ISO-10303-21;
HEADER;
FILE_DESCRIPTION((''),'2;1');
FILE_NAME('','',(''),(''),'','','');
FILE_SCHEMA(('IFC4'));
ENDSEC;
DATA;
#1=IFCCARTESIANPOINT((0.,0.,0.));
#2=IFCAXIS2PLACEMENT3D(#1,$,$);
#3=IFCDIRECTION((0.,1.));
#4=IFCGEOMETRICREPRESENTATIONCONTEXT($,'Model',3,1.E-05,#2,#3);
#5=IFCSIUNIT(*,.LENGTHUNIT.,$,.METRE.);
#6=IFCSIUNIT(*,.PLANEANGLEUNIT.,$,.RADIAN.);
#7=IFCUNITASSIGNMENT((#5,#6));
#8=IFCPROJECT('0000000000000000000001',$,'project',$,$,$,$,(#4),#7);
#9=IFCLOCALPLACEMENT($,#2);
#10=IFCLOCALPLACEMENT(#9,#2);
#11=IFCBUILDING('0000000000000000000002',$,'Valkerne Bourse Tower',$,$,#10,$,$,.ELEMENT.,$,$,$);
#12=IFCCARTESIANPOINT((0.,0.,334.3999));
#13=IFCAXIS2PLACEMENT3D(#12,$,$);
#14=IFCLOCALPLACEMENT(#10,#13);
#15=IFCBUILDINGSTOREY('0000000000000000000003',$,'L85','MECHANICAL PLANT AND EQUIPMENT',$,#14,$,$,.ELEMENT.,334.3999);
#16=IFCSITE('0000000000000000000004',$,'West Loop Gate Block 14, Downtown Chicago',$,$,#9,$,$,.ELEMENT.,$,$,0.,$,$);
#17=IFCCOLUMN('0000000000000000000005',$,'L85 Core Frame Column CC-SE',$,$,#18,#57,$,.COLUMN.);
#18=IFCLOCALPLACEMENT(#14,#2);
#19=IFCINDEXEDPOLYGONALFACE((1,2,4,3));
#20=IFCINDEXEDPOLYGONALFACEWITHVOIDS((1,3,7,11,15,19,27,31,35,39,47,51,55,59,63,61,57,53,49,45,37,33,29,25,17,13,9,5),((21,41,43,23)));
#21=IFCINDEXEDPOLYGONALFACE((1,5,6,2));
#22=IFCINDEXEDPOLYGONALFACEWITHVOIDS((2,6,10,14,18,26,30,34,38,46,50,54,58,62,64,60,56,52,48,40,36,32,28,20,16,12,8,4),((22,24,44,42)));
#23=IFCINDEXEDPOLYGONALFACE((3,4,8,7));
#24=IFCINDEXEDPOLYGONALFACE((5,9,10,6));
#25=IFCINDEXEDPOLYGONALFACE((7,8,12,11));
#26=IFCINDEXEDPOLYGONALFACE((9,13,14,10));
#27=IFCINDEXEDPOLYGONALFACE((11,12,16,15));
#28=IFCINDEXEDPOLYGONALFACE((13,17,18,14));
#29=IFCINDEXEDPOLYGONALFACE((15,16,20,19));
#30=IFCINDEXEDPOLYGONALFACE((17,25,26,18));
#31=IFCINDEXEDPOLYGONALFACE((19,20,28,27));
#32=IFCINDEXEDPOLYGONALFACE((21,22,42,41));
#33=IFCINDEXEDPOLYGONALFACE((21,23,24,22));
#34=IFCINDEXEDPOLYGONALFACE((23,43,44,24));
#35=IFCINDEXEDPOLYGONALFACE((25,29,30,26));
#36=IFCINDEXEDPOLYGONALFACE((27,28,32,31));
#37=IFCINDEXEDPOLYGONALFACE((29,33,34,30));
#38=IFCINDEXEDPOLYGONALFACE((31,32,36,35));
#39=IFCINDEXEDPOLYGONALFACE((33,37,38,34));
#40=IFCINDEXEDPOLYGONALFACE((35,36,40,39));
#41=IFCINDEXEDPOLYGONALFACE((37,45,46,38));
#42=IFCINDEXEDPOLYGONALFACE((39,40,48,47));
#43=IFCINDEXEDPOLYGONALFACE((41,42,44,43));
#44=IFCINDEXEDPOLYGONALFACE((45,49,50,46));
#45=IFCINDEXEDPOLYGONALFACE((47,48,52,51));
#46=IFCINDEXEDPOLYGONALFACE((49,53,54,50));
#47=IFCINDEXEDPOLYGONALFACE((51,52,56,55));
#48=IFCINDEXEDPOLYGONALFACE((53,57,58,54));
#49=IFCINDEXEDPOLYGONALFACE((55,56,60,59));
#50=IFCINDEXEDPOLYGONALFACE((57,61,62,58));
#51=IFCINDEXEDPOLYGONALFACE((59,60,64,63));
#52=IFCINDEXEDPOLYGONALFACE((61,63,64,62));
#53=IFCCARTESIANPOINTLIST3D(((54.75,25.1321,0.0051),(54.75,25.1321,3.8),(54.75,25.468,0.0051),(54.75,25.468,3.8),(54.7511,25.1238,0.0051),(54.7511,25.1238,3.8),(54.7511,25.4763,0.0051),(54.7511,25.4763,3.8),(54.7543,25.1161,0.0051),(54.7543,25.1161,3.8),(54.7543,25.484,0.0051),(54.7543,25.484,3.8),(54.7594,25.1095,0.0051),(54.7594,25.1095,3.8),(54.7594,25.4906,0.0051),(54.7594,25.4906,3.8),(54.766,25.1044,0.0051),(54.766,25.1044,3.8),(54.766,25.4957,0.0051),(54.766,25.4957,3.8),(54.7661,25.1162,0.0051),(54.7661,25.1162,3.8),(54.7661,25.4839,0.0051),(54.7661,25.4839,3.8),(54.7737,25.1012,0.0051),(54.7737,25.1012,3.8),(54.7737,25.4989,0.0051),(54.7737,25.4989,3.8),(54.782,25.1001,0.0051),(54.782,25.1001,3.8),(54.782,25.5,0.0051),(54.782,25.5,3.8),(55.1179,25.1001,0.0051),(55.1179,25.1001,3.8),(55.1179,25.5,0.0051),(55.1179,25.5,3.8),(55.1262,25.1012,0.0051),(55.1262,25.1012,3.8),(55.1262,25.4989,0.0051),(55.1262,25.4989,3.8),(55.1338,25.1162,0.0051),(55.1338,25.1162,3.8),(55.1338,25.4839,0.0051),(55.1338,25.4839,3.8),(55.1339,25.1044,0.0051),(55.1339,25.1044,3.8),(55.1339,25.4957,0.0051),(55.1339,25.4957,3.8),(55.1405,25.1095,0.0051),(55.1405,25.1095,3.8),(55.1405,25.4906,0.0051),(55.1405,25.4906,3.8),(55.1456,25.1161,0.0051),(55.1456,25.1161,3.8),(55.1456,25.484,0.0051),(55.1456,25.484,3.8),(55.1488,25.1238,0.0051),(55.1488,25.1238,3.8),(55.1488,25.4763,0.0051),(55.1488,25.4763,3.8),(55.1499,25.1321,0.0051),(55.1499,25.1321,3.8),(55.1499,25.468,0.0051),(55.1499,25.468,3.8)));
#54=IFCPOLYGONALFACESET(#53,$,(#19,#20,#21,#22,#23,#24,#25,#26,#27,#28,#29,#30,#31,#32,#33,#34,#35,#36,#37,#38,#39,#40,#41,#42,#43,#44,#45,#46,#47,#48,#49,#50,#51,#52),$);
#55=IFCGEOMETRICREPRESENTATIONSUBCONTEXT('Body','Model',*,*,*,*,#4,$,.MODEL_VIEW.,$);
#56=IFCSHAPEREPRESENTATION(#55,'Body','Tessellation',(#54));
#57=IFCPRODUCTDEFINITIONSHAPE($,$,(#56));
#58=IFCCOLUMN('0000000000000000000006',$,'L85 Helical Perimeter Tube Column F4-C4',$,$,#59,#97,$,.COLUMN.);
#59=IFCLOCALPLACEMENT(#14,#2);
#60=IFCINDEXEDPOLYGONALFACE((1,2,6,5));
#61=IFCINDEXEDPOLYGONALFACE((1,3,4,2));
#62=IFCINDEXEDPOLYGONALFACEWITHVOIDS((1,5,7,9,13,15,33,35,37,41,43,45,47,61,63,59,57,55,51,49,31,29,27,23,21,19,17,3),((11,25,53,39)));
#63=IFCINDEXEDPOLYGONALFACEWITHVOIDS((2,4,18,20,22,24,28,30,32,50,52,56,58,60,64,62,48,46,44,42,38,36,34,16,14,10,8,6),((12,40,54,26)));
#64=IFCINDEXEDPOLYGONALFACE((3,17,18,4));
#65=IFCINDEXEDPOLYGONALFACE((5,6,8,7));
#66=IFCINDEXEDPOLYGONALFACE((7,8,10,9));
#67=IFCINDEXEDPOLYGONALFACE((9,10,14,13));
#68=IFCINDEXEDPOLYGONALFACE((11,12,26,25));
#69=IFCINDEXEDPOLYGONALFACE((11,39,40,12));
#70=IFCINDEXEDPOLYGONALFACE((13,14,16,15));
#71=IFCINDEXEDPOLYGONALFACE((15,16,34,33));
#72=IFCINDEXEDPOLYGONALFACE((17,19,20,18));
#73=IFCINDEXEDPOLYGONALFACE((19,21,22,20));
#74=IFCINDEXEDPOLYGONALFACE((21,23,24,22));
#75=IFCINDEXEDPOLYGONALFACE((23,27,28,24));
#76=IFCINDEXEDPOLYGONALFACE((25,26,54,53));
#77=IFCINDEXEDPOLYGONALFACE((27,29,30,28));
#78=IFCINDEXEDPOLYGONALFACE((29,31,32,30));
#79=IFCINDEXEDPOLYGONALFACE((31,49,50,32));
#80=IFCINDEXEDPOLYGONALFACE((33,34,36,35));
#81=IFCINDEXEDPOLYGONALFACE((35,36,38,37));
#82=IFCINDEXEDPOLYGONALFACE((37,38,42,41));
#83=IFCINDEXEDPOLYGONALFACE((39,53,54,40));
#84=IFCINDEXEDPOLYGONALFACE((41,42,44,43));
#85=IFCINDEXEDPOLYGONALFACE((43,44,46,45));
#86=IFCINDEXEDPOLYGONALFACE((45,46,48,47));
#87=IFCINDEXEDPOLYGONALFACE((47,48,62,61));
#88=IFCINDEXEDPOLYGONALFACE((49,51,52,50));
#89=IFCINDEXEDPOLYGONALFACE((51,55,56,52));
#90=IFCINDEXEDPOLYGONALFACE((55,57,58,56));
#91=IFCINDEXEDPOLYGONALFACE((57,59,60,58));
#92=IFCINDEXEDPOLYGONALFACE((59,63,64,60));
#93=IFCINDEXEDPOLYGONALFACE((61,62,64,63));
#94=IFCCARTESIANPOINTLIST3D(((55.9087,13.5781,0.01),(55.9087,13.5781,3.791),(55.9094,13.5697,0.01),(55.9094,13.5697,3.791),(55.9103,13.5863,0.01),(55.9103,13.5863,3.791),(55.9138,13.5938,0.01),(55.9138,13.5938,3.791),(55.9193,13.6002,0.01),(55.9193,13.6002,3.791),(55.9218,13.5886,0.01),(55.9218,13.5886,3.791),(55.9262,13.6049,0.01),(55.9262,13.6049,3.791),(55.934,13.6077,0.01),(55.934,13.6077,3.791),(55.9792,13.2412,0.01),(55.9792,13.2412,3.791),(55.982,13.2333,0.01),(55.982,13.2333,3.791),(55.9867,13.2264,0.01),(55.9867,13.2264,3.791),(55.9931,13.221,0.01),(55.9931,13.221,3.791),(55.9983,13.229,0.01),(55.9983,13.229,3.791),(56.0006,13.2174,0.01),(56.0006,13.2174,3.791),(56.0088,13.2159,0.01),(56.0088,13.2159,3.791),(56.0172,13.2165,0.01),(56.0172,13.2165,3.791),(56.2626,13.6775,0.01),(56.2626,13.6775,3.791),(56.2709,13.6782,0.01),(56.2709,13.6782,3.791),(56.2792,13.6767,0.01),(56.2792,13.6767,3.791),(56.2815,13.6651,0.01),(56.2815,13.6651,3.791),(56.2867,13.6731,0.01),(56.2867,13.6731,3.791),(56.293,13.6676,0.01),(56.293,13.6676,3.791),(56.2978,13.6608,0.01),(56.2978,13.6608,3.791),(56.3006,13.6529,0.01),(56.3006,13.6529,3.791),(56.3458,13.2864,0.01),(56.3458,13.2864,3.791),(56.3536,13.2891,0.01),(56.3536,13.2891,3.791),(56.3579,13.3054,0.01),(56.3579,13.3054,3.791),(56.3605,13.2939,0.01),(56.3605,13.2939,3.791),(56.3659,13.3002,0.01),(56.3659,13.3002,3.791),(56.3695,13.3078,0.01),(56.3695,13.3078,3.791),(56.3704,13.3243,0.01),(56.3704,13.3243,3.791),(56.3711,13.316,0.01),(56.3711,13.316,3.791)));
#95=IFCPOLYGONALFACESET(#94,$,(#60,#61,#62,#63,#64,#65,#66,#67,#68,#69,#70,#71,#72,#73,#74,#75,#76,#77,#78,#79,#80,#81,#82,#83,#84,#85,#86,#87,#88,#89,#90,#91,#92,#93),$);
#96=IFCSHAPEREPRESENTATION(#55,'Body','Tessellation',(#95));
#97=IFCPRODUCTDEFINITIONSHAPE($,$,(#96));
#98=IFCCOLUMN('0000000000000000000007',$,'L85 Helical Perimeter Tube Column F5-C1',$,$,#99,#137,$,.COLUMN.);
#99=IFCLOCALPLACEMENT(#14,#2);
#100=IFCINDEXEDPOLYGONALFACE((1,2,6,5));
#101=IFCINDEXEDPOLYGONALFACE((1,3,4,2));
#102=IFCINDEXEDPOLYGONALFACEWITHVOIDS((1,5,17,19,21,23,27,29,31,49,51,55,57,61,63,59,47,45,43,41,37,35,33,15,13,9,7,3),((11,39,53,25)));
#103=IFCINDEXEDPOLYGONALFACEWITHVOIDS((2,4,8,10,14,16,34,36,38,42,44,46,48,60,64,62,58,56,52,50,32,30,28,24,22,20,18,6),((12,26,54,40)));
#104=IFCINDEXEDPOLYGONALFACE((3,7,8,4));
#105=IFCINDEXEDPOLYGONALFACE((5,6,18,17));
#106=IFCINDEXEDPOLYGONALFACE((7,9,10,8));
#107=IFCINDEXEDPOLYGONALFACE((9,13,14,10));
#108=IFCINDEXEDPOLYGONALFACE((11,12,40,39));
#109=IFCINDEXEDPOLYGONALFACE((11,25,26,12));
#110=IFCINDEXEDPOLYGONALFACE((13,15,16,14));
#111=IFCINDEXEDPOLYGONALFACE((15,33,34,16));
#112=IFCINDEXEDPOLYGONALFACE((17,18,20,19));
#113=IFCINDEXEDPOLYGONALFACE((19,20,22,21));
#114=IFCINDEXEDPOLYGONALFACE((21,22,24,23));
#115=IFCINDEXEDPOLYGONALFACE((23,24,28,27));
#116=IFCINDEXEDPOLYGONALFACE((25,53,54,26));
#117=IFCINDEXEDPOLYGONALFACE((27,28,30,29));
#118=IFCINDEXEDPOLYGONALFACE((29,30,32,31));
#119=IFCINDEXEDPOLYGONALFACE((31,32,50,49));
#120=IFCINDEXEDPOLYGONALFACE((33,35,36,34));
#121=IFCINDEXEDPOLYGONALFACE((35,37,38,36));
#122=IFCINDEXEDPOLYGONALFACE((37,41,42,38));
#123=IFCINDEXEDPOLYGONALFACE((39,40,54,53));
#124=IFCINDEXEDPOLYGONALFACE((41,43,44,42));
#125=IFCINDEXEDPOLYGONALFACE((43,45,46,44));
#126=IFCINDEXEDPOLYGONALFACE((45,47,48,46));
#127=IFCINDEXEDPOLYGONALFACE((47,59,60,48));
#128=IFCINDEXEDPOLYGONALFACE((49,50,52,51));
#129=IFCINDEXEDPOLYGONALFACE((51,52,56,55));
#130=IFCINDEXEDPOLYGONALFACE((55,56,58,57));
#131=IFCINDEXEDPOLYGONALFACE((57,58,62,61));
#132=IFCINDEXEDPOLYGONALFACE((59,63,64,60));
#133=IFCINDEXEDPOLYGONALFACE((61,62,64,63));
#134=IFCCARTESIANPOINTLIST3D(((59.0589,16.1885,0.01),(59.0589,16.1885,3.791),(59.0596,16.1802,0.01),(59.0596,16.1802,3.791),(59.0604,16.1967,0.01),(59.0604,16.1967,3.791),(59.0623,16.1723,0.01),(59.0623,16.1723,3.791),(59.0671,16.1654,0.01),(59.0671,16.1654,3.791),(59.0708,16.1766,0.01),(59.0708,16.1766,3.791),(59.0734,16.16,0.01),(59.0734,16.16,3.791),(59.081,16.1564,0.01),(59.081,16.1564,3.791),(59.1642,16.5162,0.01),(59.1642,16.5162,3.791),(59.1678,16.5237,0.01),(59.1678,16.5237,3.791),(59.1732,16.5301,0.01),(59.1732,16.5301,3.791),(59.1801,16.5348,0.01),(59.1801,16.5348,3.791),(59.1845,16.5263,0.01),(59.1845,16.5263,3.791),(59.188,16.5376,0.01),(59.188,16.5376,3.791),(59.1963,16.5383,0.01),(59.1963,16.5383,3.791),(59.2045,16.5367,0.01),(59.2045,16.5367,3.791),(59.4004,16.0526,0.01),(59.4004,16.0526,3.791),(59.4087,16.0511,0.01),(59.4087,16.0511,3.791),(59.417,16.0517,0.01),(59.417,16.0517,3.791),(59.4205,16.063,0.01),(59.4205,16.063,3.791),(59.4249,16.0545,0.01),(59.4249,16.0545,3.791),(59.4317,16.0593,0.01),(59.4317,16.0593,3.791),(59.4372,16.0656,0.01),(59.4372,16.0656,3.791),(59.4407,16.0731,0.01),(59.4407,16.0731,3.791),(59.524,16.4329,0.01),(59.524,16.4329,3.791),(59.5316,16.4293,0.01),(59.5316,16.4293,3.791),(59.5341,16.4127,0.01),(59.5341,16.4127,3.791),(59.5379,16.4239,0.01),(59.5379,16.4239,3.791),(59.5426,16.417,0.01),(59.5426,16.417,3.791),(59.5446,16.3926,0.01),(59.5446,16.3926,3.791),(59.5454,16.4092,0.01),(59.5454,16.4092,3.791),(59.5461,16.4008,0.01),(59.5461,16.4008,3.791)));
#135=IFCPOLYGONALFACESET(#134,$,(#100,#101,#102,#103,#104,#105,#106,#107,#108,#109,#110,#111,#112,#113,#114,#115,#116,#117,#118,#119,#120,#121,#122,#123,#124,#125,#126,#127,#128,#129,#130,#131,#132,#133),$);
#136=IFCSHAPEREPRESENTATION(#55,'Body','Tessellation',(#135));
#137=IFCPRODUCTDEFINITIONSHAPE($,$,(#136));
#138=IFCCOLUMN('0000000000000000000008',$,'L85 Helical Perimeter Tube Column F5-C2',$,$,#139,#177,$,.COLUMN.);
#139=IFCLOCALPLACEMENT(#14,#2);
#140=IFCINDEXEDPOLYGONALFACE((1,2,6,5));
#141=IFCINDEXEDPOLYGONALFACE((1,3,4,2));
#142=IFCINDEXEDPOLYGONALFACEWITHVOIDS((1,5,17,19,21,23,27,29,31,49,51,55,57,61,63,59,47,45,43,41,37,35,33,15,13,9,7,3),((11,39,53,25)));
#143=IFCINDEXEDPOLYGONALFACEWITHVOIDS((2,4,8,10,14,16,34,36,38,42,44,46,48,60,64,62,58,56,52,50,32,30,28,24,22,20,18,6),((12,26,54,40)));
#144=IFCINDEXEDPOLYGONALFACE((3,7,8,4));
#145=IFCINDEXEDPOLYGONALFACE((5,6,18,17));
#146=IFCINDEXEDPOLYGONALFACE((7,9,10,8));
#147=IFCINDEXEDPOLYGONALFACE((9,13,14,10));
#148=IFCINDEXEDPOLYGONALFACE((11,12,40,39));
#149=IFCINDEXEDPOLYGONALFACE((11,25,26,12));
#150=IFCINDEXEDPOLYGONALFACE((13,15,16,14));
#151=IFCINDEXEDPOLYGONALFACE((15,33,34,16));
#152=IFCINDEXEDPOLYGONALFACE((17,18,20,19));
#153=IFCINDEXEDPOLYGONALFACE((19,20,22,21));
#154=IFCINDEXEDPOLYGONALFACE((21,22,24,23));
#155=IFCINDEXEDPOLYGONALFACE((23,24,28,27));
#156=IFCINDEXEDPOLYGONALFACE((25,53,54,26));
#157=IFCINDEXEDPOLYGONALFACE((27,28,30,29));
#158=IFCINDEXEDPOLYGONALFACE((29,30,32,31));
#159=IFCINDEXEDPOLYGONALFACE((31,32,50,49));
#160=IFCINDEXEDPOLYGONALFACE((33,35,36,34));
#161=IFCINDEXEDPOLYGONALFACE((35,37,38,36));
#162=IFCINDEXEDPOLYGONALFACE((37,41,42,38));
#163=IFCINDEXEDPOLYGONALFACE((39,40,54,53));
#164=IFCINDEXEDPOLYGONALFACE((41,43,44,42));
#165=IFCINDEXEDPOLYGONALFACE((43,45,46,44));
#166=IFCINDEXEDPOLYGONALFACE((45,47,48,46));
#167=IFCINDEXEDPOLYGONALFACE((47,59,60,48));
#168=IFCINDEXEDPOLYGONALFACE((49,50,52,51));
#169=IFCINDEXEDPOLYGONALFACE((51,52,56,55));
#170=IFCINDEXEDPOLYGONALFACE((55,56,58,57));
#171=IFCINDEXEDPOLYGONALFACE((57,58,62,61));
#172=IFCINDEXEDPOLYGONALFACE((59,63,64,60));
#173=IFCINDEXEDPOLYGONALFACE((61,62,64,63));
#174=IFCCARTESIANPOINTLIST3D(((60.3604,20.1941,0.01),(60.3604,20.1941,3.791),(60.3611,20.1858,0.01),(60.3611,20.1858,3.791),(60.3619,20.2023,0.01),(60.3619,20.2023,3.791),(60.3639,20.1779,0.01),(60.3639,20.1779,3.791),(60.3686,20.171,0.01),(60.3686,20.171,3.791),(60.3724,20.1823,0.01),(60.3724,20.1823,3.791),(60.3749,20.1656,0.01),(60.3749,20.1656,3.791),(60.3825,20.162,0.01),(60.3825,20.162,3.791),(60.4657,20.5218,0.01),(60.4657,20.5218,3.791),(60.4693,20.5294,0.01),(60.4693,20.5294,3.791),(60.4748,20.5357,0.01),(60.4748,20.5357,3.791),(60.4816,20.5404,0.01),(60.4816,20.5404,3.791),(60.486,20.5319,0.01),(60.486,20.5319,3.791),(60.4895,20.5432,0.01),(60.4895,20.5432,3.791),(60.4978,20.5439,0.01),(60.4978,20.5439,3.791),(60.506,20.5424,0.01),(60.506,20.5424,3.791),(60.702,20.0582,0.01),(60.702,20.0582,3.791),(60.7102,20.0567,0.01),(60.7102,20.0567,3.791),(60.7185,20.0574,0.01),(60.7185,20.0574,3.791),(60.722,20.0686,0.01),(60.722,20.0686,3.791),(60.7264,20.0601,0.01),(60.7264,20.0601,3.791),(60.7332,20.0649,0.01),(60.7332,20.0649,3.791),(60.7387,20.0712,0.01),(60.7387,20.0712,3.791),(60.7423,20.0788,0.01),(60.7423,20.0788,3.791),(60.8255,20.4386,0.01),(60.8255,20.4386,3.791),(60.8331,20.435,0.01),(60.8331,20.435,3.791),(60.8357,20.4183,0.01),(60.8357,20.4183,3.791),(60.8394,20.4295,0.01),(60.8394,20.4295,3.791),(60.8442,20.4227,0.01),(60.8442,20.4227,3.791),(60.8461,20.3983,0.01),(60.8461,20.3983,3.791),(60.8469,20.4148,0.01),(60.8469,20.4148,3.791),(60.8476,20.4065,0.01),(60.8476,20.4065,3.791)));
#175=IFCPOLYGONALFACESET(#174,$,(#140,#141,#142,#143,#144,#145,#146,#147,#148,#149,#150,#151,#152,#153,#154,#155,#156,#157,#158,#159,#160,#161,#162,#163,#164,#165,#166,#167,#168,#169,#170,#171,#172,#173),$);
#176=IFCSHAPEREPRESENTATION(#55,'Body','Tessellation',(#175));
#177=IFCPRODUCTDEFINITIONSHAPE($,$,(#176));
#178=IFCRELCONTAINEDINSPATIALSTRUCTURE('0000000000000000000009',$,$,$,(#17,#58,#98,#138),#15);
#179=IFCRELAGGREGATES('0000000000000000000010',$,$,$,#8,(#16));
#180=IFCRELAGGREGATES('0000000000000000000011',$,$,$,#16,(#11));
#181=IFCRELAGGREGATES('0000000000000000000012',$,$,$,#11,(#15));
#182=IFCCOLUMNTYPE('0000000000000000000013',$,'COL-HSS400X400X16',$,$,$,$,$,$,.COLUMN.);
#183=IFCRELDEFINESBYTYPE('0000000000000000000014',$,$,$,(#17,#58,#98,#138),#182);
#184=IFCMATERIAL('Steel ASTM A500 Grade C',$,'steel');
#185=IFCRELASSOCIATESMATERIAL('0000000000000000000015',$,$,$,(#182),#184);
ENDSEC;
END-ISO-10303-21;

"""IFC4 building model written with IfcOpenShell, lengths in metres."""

from ifc_helpers import new_model, si_unit, direction, frame, origin, origin_2d, place, context, subcontext, project, spatial, hollow_rectangle, extrude, material, material_profile, profile_set, type_object, element, save


model = new_model("IFC4")

# Units and contexts
model_context = context("Model", 3, precision=1e-05, world=origin(), true_north=direction((0.0, 1.0)))
body_context = subcontext(model_context, "Body", "Model", "MODEL_VIEW")
ifc_project = project(units=[si_unit("LENGTHUNIT", "METRE"), si_unit("PLANEANGLEUNIT", "RADIAN")], contexts=[model_context])

# Site, building, storey
site_placement = place(None, origin())
site = spatial("IfcSite", under=ifc_project, at=site_placement, Name="West Loop Gate Block 14, Downtown Chicago", CompositionType="ELEMENT", RefElevation=0.0)
building_placement = place(site_placement, origin())
building = spatial("IfcBuilding", under=site, at=building_placement, Name="Valkerne Bourse Tower", CompositionType="ELEMENT")
storey_placement = place(building_placement, frame((0.0, 0.0, 334.3999)))
storey = spatial("IfcBuildingStorey", under=building, at=storey_placement, Name="L85", Description="MECHANICAL PLANT AND EQUIPMENT", CompositionType="ELEMENT", Elevation=334.3999)

# Columns
ifc_material_1 = material(Name="Steel ASTM A500 Grade C", Category="steel")
ifc_material_profile_1 = material_profile(ifc_material_1, hollow_rectangle(XDim=0.3999, YDim=0.3999, WallThickness=0.0161, OuterFilletRadius=0.032, at=origin_2d()), Name="HSS400X400X16")
ifc_profile_set_1 = profile_set([ifc_material_profile_1], Name="Steel ASTM A500 Grade C")
column_type = type_object("IfcColumnType", Name="COL-HSS400X400X16", PredefinedType="COLUMN", material=ifc_profile_set_1)
column_placement = place(storey_placement, frame((54.95, 25.3, 0.0051), z_axis=(0.0, 0.0, 1.0), x_axis=(1.0, 0.0, 0.0)))
element("IfcColumn", 1, at=column_placement, inside=storey, type_object=column_type, Name="L85 Core Frame Column CC-SE", PredefinedType="COLUMN", context=body_context, shape_type="SweptSolid", body=[
    extrude(hollow_rectangle(XDim=0.3999, YDim=0.3999, WallThickness=0.0161, OuterFilletRadius=0.032, at=origin_2d()), origin(), (0.0, 0.0, 1.0), 3.7949),
])
for number, where, z_axis, x_axis, name in (
    (2, (56.1399, 13.447, 0.01), (0.0, 0.0, 1.0), (0.978148, 0.207912, 0.0), "L85 Helical Perimeter Tube Column F4-C4"),
    (3, (59.3025, 16.2947, 0.01), (0.0, 0.0, 1.0), (0.309017, 0.951057, 0.0), "L85 Helical Perimeter Tube Column F5-C1"),
    (4, (60.604, 20.3003, 0.01), (0.0, 0.0, 1.0), (0.309017, 0.951057, 0.0), "L85 Helical Perimeter Tube Column F5-C2"),
):
    element("IfcColumn", number, at=place(storey_placement, frame(where, z_axis=z_axis, x_axis=x_axis)), inside=storey, type_object=column_type, Name=name, PredefinedType="COLUMN", context=body_context, shape_type="SweptSolid", body=[
        extrude(hollow_rectangle(XDim=0.3999, YDim=0.3999, WallThickness=0.0161, OuterFilletRadius=0.032, at=origin_2d()), origin(), (0.0, 0.0, 1.0), 3.781),
    ])

save(model, "model.ifc")
